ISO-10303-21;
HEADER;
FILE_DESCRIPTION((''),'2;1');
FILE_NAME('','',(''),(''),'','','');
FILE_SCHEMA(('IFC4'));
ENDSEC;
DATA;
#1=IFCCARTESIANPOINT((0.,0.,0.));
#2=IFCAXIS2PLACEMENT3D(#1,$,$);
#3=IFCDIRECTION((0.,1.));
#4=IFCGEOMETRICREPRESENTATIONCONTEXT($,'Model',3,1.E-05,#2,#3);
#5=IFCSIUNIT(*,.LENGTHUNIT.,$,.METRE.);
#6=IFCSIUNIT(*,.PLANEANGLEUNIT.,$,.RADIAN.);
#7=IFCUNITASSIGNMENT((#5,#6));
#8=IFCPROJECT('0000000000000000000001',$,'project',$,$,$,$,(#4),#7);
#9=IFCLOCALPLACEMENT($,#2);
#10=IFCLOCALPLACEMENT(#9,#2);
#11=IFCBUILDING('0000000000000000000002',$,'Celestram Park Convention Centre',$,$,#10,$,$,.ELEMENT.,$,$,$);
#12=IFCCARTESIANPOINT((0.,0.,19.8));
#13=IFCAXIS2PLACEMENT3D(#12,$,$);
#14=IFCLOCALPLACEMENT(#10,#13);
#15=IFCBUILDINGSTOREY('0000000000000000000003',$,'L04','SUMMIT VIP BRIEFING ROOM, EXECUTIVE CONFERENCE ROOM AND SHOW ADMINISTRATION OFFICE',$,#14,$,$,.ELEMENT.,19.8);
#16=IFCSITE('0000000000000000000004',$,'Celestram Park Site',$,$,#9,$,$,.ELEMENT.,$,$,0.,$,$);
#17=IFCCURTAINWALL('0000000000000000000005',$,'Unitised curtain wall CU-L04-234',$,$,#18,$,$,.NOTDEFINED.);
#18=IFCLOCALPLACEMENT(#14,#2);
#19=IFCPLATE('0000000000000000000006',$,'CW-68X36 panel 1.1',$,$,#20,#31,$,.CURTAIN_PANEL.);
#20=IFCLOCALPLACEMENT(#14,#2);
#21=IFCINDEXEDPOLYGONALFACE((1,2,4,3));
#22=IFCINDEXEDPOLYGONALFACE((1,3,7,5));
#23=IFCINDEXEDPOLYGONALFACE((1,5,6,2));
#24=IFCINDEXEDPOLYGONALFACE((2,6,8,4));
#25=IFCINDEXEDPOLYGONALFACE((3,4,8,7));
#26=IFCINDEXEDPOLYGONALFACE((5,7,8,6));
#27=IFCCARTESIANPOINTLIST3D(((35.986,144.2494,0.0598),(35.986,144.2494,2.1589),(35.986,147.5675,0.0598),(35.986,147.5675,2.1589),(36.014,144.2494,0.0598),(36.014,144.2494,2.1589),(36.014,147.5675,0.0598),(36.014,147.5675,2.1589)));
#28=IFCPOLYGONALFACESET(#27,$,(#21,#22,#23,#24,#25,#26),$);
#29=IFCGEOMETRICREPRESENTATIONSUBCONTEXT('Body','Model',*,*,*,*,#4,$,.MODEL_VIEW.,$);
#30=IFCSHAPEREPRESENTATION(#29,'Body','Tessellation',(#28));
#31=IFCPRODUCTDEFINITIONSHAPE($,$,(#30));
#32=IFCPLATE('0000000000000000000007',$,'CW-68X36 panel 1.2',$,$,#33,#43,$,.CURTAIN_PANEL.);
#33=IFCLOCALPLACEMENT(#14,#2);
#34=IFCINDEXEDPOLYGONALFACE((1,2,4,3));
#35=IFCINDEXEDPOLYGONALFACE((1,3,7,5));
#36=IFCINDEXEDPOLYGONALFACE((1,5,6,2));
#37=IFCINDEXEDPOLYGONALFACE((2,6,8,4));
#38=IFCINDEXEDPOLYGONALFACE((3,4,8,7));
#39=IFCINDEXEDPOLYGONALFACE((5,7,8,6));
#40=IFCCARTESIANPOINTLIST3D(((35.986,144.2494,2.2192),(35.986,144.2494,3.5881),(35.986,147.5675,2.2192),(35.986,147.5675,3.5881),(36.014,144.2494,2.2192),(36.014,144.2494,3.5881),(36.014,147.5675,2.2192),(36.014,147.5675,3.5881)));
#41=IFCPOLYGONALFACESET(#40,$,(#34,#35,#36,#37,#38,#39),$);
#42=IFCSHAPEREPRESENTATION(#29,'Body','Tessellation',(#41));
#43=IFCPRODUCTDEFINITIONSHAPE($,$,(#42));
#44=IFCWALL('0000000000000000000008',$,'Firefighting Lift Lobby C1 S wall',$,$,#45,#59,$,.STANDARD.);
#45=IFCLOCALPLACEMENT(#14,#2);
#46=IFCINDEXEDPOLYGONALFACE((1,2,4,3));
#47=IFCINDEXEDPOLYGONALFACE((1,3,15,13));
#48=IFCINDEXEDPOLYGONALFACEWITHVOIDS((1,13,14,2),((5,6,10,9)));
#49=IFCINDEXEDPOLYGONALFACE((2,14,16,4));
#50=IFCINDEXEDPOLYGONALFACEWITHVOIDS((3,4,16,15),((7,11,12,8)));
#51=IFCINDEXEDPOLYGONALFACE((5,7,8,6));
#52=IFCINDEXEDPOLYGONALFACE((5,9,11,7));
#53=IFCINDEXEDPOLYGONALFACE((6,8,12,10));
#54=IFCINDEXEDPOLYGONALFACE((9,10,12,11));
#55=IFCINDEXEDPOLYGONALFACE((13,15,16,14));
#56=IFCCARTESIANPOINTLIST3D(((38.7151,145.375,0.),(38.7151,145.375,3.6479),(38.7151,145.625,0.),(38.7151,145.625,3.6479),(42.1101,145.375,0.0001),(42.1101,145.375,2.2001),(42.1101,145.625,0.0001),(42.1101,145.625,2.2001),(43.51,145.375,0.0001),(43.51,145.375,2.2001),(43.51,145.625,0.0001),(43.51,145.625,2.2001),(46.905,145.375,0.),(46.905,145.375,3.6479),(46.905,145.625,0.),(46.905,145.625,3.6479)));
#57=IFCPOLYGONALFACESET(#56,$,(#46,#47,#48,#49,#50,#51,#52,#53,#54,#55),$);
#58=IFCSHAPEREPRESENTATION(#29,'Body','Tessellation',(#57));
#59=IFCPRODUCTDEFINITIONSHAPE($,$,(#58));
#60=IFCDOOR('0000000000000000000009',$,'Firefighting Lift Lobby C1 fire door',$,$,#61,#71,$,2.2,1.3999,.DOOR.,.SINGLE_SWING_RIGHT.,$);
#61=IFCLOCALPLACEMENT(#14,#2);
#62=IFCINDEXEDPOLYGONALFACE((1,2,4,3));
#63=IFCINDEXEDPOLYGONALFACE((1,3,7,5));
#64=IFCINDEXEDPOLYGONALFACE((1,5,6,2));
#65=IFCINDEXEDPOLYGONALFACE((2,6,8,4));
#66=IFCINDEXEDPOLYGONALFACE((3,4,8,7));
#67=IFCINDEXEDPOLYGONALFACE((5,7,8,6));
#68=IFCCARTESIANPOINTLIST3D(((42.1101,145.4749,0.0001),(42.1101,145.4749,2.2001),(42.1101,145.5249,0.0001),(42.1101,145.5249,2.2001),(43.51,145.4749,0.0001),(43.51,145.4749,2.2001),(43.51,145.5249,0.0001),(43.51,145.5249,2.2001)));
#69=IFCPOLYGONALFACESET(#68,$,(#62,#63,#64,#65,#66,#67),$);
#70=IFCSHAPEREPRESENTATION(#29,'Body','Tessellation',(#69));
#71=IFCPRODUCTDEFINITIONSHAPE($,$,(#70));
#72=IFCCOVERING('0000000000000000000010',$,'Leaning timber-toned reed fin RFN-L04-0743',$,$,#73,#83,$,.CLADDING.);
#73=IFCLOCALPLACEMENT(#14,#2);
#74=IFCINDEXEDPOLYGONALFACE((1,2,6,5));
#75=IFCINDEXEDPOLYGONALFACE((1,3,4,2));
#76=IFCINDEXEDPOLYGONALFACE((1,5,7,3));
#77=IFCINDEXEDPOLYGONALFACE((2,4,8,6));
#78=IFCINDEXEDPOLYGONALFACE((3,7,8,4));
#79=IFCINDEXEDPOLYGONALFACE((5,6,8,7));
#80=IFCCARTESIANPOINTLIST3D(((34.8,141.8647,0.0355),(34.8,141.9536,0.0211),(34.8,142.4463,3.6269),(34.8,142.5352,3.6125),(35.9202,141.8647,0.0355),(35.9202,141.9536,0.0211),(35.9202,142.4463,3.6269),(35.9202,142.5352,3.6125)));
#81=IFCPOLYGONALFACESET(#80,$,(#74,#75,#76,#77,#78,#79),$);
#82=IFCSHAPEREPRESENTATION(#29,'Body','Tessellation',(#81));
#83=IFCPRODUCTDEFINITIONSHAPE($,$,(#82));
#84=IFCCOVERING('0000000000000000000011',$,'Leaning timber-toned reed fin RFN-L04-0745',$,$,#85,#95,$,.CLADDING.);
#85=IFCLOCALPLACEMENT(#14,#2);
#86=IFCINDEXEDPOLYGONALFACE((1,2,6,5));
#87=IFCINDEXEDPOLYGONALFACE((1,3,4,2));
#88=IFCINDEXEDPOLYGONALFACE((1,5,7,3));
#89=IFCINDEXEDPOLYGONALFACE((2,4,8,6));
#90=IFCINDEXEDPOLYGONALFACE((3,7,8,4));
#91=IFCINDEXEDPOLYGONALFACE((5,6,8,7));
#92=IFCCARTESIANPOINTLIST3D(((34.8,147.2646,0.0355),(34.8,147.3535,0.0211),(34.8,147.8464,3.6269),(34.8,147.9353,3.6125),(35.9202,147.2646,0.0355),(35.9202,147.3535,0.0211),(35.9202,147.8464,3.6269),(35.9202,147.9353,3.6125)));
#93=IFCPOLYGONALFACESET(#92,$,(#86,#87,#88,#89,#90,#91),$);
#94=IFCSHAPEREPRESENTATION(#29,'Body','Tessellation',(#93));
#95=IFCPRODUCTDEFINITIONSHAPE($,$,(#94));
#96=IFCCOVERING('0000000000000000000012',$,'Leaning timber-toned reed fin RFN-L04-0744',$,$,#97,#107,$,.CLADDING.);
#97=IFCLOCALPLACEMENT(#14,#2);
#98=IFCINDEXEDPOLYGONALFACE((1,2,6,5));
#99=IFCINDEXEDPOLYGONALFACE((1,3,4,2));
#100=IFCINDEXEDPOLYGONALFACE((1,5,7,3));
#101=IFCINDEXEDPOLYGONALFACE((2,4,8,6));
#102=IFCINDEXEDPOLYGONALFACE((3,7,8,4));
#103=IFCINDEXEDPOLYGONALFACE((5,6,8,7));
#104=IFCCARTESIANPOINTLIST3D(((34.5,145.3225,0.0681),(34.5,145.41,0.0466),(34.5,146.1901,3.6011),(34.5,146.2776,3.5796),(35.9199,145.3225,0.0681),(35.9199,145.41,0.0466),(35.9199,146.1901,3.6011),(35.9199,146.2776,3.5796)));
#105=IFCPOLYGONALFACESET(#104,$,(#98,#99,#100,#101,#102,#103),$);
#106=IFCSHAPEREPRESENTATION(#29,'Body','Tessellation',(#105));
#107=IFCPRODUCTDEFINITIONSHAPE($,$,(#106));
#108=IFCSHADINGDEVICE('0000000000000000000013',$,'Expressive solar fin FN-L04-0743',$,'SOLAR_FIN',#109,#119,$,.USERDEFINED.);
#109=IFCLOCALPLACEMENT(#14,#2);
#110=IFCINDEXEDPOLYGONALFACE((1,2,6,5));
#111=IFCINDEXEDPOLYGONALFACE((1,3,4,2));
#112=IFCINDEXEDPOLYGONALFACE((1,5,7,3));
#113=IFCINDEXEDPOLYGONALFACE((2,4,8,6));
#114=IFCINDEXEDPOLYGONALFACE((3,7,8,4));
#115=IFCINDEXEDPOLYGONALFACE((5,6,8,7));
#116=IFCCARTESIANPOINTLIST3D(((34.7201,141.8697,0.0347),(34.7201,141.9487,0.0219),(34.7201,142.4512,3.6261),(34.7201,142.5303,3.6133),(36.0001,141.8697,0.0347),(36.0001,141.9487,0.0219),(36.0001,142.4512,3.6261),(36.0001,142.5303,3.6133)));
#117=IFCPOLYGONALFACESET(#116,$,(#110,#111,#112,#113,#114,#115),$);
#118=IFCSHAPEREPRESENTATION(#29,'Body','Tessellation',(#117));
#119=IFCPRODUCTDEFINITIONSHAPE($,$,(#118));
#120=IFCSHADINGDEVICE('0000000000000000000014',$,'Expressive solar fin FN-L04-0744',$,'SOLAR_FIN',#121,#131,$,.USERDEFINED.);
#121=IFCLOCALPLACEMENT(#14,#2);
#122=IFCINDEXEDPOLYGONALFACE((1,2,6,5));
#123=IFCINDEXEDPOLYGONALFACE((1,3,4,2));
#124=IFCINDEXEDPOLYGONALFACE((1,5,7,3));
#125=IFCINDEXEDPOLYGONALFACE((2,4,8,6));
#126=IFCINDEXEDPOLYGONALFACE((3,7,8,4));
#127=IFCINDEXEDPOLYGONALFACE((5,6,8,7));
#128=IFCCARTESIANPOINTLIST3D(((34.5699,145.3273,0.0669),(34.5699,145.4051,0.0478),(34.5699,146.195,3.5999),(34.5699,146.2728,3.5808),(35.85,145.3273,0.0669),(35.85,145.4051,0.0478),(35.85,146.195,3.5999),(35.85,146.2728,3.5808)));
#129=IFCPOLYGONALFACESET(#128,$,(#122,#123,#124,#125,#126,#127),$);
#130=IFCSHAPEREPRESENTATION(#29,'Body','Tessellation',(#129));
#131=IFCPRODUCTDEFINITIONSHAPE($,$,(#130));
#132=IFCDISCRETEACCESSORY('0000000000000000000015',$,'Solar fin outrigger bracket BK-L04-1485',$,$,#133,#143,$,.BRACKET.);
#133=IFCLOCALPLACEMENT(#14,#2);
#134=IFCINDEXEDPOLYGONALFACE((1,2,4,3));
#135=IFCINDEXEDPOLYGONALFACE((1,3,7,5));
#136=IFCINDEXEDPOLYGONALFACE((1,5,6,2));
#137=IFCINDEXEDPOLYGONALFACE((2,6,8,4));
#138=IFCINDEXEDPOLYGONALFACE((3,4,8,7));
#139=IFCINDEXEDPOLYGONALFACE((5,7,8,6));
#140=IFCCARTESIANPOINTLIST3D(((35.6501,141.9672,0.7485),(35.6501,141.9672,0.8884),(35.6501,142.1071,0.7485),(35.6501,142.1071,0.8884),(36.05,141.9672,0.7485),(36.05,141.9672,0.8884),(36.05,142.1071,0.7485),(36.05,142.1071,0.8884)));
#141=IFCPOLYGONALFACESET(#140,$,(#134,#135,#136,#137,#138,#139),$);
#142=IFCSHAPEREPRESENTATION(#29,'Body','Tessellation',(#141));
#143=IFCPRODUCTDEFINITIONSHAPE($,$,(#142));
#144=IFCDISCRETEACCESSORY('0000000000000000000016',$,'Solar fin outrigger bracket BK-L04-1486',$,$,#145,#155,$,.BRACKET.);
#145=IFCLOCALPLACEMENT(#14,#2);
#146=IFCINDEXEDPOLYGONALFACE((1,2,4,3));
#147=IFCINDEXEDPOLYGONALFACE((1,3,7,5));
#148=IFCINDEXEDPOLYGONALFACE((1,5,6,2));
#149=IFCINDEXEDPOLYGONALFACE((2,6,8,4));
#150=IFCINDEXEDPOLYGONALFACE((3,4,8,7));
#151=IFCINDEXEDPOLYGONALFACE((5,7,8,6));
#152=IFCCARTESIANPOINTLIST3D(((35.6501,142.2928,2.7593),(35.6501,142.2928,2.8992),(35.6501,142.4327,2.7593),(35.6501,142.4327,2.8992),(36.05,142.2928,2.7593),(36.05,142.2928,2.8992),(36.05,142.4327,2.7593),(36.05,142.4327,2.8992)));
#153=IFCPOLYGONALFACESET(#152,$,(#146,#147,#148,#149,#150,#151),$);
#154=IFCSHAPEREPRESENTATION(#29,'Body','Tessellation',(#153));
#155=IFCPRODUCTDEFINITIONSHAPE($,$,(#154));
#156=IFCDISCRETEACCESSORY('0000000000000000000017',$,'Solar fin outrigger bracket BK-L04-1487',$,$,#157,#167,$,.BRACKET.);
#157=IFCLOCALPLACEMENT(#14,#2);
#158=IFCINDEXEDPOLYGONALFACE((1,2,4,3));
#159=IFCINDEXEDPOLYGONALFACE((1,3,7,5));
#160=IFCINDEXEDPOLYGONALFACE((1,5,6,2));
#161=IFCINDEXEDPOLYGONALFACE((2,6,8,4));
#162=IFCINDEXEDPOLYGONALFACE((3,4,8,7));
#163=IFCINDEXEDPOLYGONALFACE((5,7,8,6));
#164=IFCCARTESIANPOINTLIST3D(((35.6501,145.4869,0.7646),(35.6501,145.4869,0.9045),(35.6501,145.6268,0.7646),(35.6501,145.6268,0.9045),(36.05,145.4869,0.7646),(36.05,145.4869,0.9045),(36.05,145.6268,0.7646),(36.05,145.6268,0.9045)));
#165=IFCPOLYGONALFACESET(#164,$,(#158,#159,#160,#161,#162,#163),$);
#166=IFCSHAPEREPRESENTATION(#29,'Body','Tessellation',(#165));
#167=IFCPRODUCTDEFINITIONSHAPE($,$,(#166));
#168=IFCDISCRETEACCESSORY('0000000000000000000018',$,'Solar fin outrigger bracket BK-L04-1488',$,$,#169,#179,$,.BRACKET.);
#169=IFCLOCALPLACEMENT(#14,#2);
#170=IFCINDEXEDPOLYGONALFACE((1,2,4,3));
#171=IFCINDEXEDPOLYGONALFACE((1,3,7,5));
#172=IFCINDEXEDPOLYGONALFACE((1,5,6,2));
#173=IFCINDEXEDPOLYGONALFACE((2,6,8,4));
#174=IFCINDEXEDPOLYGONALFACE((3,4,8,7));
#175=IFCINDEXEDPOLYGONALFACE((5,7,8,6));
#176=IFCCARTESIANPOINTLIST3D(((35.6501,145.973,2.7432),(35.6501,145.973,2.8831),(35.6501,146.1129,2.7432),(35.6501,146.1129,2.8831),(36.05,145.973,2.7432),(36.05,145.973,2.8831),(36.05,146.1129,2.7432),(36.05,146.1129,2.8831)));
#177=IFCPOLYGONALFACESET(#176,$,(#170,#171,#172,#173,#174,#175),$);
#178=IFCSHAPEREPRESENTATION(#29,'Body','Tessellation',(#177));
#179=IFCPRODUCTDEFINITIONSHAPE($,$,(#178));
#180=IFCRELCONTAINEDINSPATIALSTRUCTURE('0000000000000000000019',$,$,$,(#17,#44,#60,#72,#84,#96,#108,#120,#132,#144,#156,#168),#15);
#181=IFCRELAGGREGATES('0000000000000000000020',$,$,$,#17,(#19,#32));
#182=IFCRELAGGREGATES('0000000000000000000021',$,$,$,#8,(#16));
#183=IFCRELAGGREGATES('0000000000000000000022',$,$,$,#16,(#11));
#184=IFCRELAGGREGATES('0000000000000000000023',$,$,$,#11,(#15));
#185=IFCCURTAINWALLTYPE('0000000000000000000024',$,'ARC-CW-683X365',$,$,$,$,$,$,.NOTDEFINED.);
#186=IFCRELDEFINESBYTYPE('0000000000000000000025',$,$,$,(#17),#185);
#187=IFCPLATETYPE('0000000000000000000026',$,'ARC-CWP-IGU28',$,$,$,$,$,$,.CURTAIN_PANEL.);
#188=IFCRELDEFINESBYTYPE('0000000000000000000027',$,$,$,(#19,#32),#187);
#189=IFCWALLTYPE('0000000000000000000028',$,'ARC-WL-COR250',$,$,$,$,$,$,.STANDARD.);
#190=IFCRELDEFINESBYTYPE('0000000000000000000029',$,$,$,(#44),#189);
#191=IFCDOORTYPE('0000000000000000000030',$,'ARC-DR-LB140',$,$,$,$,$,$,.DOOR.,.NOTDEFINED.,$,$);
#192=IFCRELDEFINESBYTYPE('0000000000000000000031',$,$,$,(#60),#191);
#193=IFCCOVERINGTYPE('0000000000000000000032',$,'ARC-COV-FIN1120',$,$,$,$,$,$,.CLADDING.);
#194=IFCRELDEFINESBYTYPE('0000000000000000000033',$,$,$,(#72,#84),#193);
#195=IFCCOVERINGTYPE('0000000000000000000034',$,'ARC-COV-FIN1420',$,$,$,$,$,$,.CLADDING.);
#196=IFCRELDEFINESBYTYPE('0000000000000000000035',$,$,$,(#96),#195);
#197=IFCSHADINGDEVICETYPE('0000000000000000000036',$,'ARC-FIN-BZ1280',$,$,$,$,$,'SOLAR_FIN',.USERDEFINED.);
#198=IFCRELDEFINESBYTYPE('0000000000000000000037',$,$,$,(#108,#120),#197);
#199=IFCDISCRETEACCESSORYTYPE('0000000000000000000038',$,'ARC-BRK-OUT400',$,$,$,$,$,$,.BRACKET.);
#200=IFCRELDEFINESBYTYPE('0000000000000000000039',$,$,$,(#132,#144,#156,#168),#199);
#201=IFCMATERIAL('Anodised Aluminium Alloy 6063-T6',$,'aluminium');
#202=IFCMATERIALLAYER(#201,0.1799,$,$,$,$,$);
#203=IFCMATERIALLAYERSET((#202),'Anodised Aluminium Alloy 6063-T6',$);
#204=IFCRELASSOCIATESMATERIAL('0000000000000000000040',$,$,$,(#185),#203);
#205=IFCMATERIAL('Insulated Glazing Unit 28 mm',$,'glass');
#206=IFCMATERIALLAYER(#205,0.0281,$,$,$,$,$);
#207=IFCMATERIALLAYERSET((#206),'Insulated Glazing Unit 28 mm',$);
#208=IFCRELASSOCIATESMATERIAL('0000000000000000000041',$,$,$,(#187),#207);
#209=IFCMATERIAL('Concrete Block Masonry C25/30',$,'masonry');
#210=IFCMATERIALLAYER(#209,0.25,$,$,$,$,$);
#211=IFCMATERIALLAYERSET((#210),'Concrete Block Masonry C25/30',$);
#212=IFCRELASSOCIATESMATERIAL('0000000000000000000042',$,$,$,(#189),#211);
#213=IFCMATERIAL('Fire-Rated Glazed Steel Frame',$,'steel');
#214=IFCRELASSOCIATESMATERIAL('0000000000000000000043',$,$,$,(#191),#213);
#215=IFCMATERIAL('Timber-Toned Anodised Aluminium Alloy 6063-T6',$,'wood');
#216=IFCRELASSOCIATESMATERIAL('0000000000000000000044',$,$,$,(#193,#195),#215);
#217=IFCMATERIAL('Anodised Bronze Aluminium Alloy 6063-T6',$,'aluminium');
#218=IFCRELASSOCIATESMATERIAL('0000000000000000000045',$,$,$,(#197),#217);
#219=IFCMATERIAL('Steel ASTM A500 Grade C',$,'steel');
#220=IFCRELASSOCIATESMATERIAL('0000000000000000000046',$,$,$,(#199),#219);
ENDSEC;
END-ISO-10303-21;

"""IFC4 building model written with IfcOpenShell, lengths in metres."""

from ifc_helpers import new_model, si_unit, direction, frame, frame_2d, origin, origin_2d, place, context, subcontext, project, spatial, rectangle, extrude, material, layer, layer_set, material_profile, profile_set, type_object, element, fill, aggregate, save


model = new_model("IFC4")

# Units and contexts
model_context = context("Model", 3, precision=1e-05, world=origin(), true_north=direction((0.0, 1.0)))
body_context = subcontext(model_context, "Body", "Model", "MODEL_VIEW")
ifc_project = project(units=[si_unit("LENGTHUNIT", "METRE"), si_unit("PLANEANGLEUNIT", "RADIAN")], contexts=[model_context])

# Site, building, storey
site_placement = place(None, origin())
site = spatial("IfcSite", under=ifc_project, at=site_placement, Name="Celestram Park Site", CompositionType="ELEMENT", RefElevation=0.0)
building_placement = place(site_placement, origin())
building = spatial("IfcBuilding", under=site, at=building_placement, Name="Celestram Park Convention Centre", CompositionType="ELEMENT")
storey_placement = place(building_placement, frame((0.0, 0.0, 19.8)))
storey = spatial("IfcBuildingStorey", under=building, at=storey_placement, Name="L04", Description="SUMMIT VIP BRIEFING ROOM, EXECUTIVE CONFERENCE ROOM AND SHOW ADMINISTRATION OFFICE", CompositionType="ELEMENT", Elevation=19.8)

# Shared definitions
ifc_material_1 = material(Name="Anodised Aluminium Alloy 6063-T6", Category="aluminium")
ifc_layer_1 = layer(ifc_material_1, 0.1799)
ifc_layer_set_1 = layer_set([ifc_layer_1], Name="Anodised Aluminium Alloy 6063-T6")
curtain_wall_type = type_object("IfcCurtainWallType", Name="ARC-CW-683X365", PredefinedType="NOTDEFINED", material=ifc_layer_set_1)

# Curtain wall
curtain_wall_1_placement = place(storey_placement, origin())
curtain_wall_1 = element("IfcCurtainWall", 1, at=curtain_wall_1_placement, inside=storey, type_object=curtain_wall_type, Name="Unitised curtain wall CU-L04-234", PredefinedType="NOTDEFINED")

# Shared definitions
ifc_material_2 = material(Name="Steel ASTM A500 Grade C", Category="steel")

# Plates
ifc_material_3 = material(Name="Insulated Glazing Unit 28 mm", Category="glass")
ifc_layer_2 = layer(ifc_material_3, 0.0281)
ifc_layer_set_2 = layer_set([ifc_layer_2], Name="Insulated Glazing Unit 28 mm")
plate_type = type_object("IfcPlateType", Name="ARC-CWP-IGU28", PredefinedType="CURTAIN_PANEL", material=ifc_layer_set_2)
plate_1_placement = place(storey_placement, frame((36.0, 145.9084, 0.0598), z_axis=(0.0, 0.0, 1.0), x_axis=(0.0, 1.0, 0.0)))
plate_1 = element("IfcPlate", 2, at=plate_1_placement, type_object=plate_type, Name="CW-68X36 panel 1.1", PredefinedType="CURTAIN_PANEL", context=body_context, shape_type="SweptSolid", body=[
    extrude(rectangle(XDim=3.3181, YDim=0.0281, at=origin_2d()), origin(), (0.0, 0.0, 1.0), 2.0991),
])
plate_2_placement = place(storey_placement, frame((36.0, 145.9084, 2.2192), z_axis=(0.0, 0.0, 1.0), x_axis=(0.0, 1.0, 0.0)))
plate_2 = element("IfcPlate", 3, at=plate_2_placement, type_object=plate_type, Name="CW-68X36 panel 1.2", PredefinedType="CURTAIN_PANEL", context=body_context, shape_type="SweptSolid", body=[
    extrude(rectangle(XDim=3.3181, YDim=0.0281, at=origin_2d()), origin(), (0.0, 0.0, 1.0), 1.3689),
])
aggregate(curtain_wall_1, [plate_1, plate_2])

# Wall, opening, door
ifc_material_4 = material(Name="Concrete Block Masonry C25/30", Category="masonry")
ifc_layer_3 = layer(ifc_material_4, 0.25)
ifc_layer_set_3 = layer_set([ifc_layer_3], Name="Concrete Block Masonry C25/30")
wall_type = type_object("IfcWallType", Name="ARC-WL-COR250", PredefinedType="STANDARD", material=ifc_layer_set_3)
wall_placement = place(storey_placement, frame((38.7151, 145.5, 0.0), z_axis=(0.0, 0.0, 1.0), x_axis=(1.0, 0.0, 0.0)))
wall = element("IfcWall", 4, at=wall_placement, inside=storey, type_object=wall_type, Name="Firefighting Lift Lobby C1 S wall", PredefinedType="STANDARD", context=body_context, shape_type="SweptSolid", body=[
    extrude(rectangle(XDim=8.1899, YDim=0.25, at=frame_2d((4.095, 0.0))), origin(), (0.0, 0.0, 1.0), 3.6479),
])
opening_placement = place(wall_placement, frame((3.395, 0.0, 0.0)))
opening = element("IfcOpeningElement", 5, at=opening_placement, cuts=wall, PredefinedType="OPENING", context=body_context, shape_type="SweptSolid", body=[
    extrude(rectangle(XDim=1.3999, YDim=2.2, at=frame_2d((0.7, 1.1001))), frame((0.0, 0.135, 0.0), z_axis=(0.0, -1.0, 0.0), x_axis=(1.0, 0.0, 0.0)), (0.0, 0.0, 1.0), 0.27),
])
ifc_material_5 = material(Name="Fire-Rated Glazed Steel Frame", Category="steel")
door_type = type_object("IfcDoorType", Name="ARC-DR-LB140", OperationType="NOTDEFINED", PredefinedType="DOOR", material=ifc_material_5)
door_placement = place(opening_placement, origin())
door = element("IfcDoor", 6, at=door_placement, inside=storey, type_object=door_type, Name="Firefighting Lift Lobby C1 fire door", OperationType="SINGLE_SWING_RIGHT", OverallHeight=2.2, OverallWidth=1.3999, PredefinedType="DOOR", context=body_context, shape_type="SweptSolid", body=[
    extrude(rectangle(XDim=1.3999, YDim=2.2, at=frame_2d((0.7, 1.1001))), frame((0.0, 0.0249, 0.0), z_axis=(0.0, -1.0, 0.0), x_axis=(1.0, 0.0, 0.0)), (0.0, 0.0, 1.0), 0.05),
])
fill(opening, door)

# Coverings
ifc_material_6 = material(Name="Timber-Toned Anodised Aluminium Alloy 6063-T6", Category="wood")
ifc_material_profile_1 = material_profile(ifc_material_6, rectangle(XDim=1.1201, YDim=0.0901, at=origin_2d()), Name="REED1120X90")
ifc_profile_set_1 = profile_set([ifc_material_profile_1], Name="Timber-Toned Anodised Aluminium Alloy 6063-T6")
covering_type_1 = type_object("IfcCoveringType", Name="ARC-COV-FIN1120", PredefinedType="CLADDING", material=ifc_profile_set_1)
for number, where, z_axis, x_axis, name in (
    (7, (35.3601, 141.9092, 0.0283), (0.0, 0.159848, 0.987142), (-1.0, 0.0, 0.0), "Leaning timber-toned reed fin RFN-L04-0743"),
    (8, (35.3601, 147.3091, 0.0283), (0.0, 0.159914, 0.987131), (-1.0, 0.0, 0.0), "Leaning timber-toned reed fin RFN-L04-0745"),
):
    element("IfcCovering", number, at=place(storey_placement, frame(where, z_axis=z_axis, x_axis=x_axis)), inside=storey, type_object=covering_type_1, Name=name, PredefinedType="CLADDING", context=body_context, shape_type="SweptSolid", body=[
        extrude(rectangle(XDim=1.1201, YDim=0.0901, at=origin_2d()), origin(), (0.0, 0.0, 1.0), 3.6382),
    ])
ifc_material_profile_2 = material_profile(ifc_material_6, rectangle(XDim=1.4199, YDim=0.0901, at=origin_2d()), Name="REED1420X90")
ifc_profile_set_2 = profile_set([ifc_material_profile_2], Name="Timber-Toned Anodised Aluminium Alloy 6063-T6")
covering_type_2 = type_object("IfcCoveringType", Name="ARC-COV-FIN1420", PredefinedType="CLADDING", material=ifc_profile_set_2)
covering_placement = place(storey_placement, frame((35.21, 145.3662, 0.0574), z_axis=(0.0, 0.238507, 0.971141), x_axis=(-1.0, 0.0, 0.0)))
element("IfcCovering", 9, at=covering_placement, inside=storey, type_object=covering_type_2, Name="Leaning timber-toned reed fin RFN-L04-0744", PredefinedType="CLADDING", context=body_context, shape_type="SweptSolid", body=[
    extrude(rectangle(XDim=1.4199, YDim=0.0901, at=origin_2d()), origin(), (0.0, 0.0, 1.0), 3.6379),
])

# Shading devices
ifc_material_7 = material(Name="Anodised Bronze Aluminium Alloy 6063-T6", Category="aluminium")
ifc_material_profile_3 = material_profile(ifc_material_7, rectangle(XDim=1.28, YDim=0.0801, at=origin_2d()), Name="FIN1280X80")
ifc_profile_set_3 = profile_set([ifc_material_profile_3], Name="Anodised Bronze Aluminium Alloy 6063-T6")
shading_device_type = type_object("IfcShadingDeviceType", Name="ARC-FIN-BZ1280", ElementType="SOLAR_FIN", PredefinedType="USERDEFINED", material=ifc_profile_set_3)
shading_device_1_placement = place(storey_placement, frame((35.3601, 141.9092, 0.0283), z_axis=(0.0, 0.159848, 0.987142), x_axis=(-1.0, 0.0, 0.0)))
element("IfcShadingDevice", 10, at=shading_device_1_placement, inside=storey, type_object=shading_device_type, Name="Expressive solar fin FN-L04-0743", ObjectType="SOLAR_FIN", PredefinedType="USERDEFINED", context=body_context, shape_type="SweptSolid", body=[
    extrude(rectangle(XDim=1.28, YDim=0.0801, at=origin_2d()), origin(), (0.0, 0.0, 1.0), 3.6382),
])
shading_device_2_placement = place(storey_placement, frame((35.21, 145.3662, 0.0574), z_axis=(0.0, 0.238507, 0.971141), x_axis=(-1.0, 0.0, 0.0)))
element("IfcShadingDevice", 11, at=shading_device_2_placement, inside=storey, type_object=shading_device_type, Name="Expressive solar fin FN-L04-0744", ObjectType="SOLAR_FIN", PredefinedType="USERDEFINED", context=body_context, shape_type="SweptSolid", body=[
    extrude(rectangle(XDim=1.28, YDim=0.0801, at=origin_2d()), origin(), (0.0, 0.0, 1.0), 3.6379),
])

# Discrete accessories
discrete_accessory_type = type_object("IfcDiscreteAccessoryType", Name="ARC-BRK-OUT400", PredefinedType="BRACKET", material=ifc_material_2)
for number, where, z_axis, x_axis, name in (
    (12, (35.8501, 142.0371, 0.7485), (0.0, 0.0, 1.0), (-1.0, 0.0, 0.0), "Solar fin outrigger bracket BK-L04-1485"),
    (13, (35.8501, 142.3628, 2.7593), (0.0, 0.0, 1.0), (-1.0, 0.0, 0.0), "Solar fin outrigger bracket BK-L04-1486"),
    (14, (35.8501, 145.5569, 0.7646), (0.0, 0.0, 1.0), (-1.0, 0.0, 0.0), "Solar fin outrigger bracket BK-L04-1487"),
    (15, (35.8501, 146.043, 2.7432), (0.0, 0.0, 1.0), (-1.0, 0.0, 0.0), "Solar fin outrigger bracket BK-L04-1488"),
):
    element("IfcDiscreteAccessory", number, at=place(storey_placement, frame(where, z_axis=z_axis, x_axis=x_axis)), inside=storey, type_object=discrete_accessory_type, Name=name, PredefinedType="BRACKET", context=body_context, shape_type="SweptSolid", body=[
        extrude(rectangle(XDim=0.3999, YDim=0.1399, at=origin_2d()), origin(), (0.0, 0.0, 1.0), 0.1399),
    ])

save(model, "model.ifc")
